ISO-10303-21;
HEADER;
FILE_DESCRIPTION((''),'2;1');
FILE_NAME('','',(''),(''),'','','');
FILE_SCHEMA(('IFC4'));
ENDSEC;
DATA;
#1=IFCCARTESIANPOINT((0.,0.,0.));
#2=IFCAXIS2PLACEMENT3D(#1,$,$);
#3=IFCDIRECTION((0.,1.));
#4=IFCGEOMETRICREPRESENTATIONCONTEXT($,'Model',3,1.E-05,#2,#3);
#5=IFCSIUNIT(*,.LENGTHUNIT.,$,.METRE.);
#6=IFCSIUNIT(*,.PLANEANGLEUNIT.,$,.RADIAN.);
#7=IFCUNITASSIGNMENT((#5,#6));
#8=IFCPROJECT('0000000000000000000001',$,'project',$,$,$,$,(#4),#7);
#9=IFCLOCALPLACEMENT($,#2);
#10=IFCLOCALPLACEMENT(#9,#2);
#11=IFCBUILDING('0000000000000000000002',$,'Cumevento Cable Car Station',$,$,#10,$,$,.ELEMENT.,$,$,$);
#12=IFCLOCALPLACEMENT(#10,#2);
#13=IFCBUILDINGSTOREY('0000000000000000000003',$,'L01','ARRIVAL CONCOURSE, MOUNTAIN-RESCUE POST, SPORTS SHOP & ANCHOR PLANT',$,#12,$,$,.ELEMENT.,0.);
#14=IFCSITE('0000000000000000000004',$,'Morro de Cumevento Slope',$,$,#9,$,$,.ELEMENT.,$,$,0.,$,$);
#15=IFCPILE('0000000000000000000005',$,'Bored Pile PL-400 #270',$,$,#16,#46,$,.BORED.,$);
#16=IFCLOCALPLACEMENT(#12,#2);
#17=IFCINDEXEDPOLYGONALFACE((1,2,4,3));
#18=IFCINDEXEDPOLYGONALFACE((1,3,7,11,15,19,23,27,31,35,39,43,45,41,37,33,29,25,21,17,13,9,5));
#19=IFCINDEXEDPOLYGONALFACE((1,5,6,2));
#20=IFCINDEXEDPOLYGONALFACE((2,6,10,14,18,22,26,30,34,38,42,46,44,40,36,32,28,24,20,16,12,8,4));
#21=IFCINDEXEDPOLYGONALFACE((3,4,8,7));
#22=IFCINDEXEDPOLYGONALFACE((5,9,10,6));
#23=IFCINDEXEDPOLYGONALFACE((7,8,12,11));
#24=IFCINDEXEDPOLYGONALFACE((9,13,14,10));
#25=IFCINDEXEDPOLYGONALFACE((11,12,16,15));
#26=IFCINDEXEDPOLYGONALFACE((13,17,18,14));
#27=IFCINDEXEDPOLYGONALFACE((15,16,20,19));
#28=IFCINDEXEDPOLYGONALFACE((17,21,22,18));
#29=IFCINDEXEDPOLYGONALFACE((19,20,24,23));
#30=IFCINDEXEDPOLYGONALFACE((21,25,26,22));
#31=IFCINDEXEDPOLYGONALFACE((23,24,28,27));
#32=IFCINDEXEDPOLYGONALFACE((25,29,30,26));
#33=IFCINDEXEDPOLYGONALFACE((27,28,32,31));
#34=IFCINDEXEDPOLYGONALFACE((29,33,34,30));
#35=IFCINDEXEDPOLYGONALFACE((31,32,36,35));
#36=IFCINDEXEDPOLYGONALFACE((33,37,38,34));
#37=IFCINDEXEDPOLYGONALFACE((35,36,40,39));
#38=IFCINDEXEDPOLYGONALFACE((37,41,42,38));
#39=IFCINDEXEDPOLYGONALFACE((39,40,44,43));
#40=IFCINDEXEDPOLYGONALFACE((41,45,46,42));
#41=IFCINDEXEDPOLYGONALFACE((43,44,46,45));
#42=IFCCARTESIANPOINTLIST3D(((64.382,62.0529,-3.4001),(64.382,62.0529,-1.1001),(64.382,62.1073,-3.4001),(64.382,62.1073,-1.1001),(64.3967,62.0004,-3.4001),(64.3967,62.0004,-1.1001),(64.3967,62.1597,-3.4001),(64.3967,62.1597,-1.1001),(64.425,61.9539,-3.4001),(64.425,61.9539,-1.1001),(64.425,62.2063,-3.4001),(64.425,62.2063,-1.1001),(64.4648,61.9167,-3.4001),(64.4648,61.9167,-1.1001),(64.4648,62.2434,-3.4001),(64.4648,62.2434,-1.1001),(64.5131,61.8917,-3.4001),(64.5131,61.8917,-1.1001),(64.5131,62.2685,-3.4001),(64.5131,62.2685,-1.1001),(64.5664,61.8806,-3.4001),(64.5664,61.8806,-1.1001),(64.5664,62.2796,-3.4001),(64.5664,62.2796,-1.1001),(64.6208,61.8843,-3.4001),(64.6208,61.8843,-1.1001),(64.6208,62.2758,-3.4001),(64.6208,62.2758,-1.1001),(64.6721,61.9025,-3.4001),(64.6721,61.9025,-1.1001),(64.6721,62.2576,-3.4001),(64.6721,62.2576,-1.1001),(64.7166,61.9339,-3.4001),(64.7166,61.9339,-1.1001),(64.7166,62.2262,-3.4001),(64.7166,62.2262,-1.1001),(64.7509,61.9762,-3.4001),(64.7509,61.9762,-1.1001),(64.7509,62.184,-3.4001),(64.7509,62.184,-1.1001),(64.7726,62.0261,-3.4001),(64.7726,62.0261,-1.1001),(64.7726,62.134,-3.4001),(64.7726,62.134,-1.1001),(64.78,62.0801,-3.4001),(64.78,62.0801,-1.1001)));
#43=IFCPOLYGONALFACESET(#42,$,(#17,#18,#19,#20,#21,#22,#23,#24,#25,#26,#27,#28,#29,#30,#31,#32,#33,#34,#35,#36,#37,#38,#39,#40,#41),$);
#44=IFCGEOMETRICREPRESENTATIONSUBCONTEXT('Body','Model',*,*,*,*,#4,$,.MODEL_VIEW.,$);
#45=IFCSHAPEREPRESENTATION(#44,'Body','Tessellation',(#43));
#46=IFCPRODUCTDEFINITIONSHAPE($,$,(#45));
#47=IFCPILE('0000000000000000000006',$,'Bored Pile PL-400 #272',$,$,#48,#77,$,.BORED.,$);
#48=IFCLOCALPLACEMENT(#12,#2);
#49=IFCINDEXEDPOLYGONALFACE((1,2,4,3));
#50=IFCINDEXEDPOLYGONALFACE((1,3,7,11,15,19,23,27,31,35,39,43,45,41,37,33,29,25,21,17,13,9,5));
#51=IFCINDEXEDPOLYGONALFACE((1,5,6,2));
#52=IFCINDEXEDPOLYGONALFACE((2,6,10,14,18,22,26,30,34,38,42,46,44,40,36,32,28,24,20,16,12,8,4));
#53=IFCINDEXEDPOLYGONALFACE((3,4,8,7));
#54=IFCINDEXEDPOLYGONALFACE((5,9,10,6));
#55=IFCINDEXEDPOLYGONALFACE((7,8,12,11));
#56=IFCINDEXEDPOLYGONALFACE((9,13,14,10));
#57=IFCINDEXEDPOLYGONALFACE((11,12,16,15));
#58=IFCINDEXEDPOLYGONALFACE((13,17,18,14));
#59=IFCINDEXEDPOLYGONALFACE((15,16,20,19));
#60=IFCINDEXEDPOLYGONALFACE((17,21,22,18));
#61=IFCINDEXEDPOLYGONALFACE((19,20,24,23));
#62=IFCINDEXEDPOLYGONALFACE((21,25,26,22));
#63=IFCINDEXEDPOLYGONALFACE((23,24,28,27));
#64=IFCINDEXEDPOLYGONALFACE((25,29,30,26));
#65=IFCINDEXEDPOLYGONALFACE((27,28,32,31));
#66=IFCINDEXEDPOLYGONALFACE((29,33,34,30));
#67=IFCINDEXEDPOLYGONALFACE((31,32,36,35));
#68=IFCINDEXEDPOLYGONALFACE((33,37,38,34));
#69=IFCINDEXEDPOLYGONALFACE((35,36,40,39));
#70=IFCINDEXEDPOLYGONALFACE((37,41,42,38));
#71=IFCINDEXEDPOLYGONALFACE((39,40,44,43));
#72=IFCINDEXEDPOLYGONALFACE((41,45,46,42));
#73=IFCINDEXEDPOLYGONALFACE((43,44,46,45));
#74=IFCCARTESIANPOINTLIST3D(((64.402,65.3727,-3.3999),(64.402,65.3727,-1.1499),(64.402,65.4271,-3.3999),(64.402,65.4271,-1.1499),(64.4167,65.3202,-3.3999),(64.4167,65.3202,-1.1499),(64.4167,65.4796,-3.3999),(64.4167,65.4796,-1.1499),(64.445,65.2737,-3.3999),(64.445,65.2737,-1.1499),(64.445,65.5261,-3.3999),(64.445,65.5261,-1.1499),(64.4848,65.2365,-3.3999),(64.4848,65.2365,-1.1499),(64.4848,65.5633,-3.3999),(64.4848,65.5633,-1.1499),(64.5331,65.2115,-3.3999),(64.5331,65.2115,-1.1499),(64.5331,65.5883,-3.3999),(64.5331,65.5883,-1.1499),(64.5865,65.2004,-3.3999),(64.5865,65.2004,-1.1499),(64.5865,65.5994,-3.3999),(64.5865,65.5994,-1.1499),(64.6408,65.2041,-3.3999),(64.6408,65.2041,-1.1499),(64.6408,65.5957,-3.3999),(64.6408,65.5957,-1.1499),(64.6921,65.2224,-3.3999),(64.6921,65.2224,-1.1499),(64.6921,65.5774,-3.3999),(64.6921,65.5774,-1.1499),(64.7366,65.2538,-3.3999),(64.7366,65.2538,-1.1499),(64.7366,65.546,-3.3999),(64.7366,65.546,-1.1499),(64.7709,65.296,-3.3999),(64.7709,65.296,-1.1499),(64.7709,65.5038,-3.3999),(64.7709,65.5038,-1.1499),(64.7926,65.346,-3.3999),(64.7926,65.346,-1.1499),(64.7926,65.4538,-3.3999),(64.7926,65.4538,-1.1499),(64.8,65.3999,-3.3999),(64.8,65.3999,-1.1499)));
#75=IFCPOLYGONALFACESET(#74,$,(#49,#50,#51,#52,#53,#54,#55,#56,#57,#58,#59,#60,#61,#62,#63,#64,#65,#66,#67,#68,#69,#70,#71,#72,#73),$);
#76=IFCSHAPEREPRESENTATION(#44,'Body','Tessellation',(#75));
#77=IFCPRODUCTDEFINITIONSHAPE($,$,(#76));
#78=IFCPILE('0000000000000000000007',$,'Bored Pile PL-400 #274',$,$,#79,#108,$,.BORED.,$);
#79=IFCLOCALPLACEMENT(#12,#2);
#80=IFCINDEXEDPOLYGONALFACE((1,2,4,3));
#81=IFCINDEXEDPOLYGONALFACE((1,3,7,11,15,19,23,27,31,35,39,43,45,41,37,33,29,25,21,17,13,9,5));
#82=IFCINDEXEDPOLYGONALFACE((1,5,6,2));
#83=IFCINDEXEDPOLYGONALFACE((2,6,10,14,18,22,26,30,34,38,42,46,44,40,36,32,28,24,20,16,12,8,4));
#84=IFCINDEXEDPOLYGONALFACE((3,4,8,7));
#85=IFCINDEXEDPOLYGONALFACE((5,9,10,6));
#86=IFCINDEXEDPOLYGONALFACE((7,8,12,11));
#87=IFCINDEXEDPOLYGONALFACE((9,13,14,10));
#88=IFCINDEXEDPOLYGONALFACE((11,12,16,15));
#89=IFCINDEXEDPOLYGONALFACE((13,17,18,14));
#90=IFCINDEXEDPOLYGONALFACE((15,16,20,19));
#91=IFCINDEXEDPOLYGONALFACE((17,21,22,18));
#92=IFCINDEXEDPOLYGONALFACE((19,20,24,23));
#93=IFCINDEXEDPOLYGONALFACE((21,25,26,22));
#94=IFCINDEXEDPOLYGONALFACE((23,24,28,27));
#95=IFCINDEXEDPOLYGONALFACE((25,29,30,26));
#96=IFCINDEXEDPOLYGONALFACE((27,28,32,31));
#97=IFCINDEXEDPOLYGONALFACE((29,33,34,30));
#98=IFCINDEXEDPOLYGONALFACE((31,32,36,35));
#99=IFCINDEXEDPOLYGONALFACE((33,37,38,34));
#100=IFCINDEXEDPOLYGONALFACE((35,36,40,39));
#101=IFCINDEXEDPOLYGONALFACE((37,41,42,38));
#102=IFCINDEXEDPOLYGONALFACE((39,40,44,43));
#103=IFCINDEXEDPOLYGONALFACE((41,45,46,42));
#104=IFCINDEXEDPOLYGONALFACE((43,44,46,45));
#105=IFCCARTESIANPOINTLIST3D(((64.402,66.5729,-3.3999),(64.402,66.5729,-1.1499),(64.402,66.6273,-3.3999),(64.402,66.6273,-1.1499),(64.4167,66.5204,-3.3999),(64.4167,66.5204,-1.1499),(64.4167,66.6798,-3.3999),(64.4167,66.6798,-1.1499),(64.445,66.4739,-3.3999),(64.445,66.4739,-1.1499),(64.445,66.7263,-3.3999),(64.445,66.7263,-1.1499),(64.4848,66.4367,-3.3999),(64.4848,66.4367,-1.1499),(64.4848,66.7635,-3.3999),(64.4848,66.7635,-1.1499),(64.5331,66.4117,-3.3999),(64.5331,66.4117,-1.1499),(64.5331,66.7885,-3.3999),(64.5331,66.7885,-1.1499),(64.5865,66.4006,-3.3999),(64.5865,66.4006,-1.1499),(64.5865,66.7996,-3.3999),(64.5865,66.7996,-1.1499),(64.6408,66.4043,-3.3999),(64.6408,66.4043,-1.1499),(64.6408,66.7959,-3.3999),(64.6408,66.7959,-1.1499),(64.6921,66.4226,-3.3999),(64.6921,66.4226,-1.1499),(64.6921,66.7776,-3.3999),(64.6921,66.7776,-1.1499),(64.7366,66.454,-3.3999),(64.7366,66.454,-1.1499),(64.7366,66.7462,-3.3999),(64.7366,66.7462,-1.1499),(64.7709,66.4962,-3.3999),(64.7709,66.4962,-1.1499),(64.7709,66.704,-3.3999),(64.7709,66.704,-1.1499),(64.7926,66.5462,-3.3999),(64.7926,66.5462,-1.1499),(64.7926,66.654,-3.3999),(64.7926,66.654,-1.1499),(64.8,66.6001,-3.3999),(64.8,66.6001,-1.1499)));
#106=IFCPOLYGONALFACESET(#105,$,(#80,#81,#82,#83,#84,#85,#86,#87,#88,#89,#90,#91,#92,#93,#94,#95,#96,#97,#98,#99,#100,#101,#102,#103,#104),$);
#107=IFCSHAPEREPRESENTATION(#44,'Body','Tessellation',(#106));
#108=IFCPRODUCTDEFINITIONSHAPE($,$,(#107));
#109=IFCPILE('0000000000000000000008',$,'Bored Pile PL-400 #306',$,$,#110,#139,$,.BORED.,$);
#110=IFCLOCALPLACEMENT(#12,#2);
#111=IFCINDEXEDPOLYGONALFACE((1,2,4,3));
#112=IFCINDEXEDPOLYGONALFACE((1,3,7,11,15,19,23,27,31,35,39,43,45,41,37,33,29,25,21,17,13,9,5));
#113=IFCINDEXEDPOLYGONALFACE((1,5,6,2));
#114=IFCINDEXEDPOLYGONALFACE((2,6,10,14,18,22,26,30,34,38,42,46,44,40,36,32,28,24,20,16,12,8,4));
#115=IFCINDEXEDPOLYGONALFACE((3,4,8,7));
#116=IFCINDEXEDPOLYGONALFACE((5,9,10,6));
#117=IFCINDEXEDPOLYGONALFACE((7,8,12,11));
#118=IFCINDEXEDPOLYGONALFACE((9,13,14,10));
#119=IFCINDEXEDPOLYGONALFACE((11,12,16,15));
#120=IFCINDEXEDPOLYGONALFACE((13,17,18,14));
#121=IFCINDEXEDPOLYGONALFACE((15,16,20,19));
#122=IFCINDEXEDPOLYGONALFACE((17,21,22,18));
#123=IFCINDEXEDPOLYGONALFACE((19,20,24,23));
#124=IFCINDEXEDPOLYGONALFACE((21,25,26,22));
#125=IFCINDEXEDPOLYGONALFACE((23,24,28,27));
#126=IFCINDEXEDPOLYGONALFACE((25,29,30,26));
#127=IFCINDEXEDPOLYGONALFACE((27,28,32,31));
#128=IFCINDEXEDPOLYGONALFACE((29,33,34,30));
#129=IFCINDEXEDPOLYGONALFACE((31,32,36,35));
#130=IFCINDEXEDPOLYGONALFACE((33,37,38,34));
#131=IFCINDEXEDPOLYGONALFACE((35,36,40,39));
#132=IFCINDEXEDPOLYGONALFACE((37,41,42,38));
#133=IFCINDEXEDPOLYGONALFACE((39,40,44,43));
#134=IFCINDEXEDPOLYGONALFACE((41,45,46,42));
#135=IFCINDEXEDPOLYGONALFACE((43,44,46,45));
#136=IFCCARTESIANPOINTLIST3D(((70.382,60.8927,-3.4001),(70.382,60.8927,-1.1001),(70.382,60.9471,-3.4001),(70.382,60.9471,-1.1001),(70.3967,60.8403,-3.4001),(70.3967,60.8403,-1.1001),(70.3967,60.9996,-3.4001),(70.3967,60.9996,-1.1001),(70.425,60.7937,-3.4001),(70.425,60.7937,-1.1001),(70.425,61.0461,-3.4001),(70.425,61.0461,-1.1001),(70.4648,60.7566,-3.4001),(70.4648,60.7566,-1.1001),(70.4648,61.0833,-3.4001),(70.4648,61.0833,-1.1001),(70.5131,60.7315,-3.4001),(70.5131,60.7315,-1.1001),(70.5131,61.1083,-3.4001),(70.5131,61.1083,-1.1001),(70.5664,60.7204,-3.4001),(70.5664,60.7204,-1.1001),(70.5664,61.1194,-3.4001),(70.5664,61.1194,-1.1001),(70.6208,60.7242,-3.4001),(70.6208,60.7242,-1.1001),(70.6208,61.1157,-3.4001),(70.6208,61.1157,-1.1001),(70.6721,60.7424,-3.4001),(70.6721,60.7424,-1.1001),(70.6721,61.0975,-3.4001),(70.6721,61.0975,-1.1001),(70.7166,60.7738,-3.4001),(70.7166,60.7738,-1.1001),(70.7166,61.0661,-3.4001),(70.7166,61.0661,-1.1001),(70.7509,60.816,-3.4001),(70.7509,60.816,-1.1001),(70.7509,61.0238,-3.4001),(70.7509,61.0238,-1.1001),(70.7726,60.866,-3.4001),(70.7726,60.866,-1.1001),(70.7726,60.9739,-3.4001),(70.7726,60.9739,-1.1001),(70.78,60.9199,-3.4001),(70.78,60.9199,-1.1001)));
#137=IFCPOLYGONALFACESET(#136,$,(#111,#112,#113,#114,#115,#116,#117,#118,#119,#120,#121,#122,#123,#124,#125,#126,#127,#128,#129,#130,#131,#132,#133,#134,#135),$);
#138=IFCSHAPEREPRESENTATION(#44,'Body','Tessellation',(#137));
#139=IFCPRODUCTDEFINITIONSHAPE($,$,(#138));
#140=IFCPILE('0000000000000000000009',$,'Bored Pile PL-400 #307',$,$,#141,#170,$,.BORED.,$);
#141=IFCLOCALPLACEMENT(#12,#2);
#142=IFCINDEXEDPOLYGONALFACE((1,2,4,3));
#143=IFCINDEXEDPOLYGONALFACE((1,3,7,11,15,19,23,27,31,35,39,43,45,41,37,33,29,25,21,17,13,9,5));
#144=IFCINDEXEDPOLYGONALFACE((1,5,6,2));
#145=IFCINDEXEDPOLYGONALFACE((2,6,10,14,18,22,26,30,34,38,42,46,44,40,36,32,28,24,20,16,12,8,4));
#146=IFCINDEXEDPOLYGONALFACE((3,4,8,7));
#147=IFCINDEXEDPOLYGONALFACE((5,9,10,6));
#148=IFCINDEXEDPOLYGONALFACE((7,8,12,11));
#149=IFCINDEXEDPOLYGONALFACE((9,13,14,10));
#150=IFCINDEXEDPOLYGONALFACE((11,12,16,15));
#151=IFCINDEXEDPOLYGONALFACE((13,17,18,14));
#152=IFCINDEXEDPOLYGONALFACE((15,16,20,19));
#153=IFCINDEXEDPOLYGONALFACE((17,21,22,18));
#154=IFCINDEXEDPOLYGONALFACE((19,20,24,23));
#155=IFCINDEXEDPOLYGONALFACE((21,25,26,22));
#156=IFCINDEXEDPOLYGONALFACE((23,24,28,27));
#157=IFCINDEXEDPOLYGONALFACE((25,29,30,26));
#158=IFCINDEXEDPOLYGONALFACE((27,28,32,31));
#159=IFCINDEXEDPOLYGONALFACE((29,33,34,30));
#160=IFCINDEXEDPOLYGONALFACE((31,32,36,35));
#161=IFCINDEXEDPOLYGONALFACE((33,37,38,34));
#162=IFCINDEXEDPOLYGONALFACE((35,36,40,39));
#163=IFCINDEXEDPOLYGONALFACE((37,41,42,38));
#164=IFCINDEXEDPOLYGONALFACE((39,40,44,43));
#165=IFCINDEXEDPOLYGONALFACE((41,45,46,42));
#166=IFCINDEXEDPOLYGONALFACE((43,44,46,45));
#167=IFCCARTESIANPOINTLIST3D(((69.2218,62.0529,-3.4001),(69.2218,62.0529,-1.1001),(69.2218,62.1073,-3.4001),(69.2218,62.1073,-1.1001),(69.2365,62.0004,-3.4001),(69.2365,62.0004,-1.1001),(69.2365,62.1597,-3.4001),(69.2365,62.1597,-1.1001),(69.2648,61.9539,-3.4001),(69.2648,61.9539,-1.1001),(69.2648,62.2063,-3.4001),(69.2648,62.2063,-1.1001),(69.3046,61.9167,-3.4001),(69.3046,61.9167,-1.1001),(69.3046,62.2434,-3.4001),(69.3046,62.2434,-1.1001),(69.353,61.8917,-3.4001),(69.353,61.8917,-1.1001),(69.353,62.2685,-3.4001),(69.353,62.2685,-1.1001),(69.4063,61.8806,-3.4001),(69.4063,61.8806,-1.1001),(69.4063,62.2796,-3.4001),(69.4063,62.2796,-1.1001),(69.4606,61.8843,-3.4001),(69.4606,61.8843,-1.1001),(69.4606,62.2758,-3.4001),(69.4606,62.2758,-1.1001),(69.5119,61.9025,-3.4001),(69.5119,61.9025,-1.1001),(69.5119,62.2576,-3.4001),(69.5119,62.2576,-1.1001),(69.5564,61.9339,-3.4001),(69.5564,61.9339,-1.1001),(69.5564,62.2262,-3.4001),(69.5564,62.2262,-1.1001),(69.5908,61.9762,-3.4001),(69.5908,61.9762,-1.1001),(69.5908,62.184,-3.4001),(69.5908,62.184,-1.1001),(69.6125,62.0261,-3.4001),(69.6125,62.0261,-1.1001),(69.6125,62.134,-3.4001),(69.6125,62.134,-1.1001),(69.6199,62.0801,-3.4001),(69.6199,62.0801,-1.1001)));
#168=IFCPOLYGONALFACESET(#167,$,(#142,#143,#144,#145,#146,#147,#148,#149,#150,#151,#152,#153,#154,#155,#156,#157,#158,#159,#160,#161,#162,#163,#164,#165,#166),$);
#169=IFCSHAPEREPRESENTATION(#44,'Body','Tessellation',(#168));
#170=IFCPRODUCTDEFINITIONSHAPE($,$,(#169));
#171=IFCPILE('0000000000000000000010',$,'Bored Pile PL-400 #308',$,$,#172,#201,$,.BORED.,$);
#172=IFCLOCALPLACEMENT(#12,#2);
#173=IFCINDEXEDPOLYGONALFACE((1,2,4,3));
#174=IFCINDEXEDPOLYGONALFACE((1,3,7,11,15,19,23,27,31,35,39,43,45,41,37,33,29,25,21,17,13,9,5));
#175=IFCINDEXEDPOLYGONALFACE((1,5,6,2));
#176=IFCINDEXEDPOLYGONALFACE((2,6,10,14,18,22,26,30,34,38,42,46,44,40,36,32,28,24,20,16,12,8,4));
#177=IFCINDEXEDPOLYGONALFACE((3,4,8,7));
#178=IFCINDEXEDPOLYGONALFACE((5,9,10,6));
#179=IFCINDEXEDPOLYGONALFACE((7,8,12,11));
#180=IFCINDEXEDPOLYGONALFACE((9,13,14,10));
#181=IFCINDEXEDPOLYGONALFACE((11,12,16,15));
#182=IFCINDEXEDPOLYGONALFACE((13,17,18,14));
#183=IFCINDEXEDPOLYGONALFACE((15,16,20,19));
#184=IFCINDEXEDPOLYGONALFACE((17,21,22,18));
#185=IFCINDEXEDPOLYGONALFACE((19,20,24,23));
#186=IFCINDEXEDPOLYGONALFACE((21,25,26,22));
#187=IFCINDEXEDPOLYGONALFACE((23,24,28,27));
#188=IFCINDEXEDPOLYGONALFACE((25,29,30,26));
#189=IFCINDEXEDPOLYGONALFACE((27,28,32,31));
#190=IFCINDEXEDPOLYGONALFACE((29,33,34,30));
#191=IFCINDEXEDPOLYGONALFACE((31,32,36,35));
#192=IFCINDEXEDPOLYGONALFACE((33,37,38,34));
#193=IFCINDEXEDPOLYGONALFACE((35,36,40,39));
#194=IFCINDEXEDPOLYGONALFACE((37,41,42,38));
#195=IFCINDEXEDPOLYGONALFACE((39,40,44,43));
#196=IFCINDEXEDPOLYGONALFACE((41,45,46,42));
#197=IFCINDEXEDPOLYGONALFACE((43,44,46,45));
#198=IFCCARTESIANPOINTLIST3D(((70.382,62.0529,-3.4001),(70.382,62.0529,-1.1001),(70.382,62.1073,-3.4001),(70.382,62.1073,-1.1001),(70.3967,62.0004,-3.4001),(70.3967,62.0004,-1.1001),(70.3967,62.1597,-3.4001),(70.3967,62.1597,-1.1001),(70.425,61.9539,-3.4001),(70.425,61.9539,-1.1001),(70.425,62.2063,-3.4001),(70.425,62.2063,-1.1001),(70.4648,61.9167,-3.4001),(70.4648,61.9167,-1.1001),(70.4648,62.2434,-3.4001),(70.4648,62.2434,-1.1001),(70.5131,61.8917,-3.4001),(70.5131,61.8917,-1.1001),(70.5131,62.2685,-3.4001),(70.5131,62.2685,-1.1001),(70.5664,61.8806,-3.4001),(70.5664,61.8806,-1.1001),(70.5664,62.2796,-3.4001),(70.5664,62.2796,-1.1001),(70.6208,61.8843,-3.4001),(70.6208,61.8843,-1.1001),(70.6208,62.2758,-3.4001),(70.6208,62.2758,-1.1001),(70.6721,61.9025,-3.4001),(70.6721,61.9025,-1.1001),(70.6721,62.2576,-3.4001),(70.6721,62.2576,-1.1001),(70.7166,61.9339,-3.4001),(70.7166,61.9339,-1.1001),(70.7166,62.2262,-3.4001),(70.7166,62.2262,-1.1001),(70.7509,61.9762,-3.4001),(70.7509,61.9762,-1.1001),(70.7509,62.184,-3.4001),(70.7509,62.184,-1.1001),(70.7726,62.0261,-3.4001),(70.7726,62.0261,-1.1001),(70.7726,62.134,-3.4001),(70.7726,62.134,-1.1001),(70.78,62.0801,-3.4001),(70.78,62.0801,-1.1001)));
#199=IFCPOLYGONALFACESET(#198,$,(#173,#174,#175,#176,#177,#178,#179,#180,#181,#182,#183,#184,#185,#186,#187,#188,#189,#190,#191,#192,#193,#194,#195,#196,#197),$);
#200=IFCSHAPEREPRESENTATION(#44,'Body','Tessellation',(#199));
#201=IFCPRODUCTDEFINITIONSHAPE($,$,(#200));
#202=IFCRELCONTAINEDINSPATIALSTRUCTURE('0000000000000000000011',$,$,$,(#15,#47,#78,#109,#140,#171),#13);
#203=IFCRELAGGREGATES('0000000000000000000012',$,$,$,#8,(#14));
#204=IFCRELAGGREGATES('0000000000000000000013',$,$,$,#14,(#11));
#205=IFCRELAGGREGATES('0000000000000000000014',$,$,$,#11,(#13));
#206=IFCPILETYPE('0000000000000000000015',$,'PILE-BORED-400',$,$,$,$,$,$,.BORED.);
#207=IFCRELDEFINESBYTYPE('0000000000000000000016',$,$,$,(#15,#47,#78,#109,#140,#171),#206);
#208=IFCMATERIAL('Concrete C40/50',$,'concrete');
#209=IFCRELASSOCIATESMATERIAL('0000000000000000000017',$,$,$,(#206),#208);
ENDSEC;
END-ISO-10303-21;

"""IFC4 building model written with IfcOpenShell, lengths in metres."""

from ifc_helpers import new_model, si_unit, direction, frame, origin, origin_2d, place, context, subcontext, project, spatial, circle, extrude, material, material_profile, profile_set, type_object, element, save


model = new_model("IFC4")

# Units and contexts
model_context = context("Model", 3, precision=1e-05, world=origin(), true_north=direction((0.0, 1.0)))
body_context = subcontext(model_context, "Body", "Model", "MODEL_VIEW")
ifc_project = project(units=[si_unit("LENGTHUNIT", "METRE"), si_unit("PLANEANGLEUNIT", "RADIAN")], contexts=[model_context])

# Site, building, storey
site_placement = place(None, origin())
site = spatial("IfcSite", under=ifc_project, at=site_placement, Name="Morro de Cumevento Slope", CompositionType="ELEMENT", RefElevation=0.0)
building_placement = place(site_placement, origin())
building = spatial("IfcBuilding", under=site, at=building_placement, Name="Cumevento Cable Car Station", CompositionType="ELEMENT")
storey_placement = place(building_placement, origin())
storey = spatial("IfcBuildingStorey", under=building, at=storey_placement, Name="L01", Description="ARRIVAL CONCOURSE, MOUNTAIN-RESCUE POST, SPORTS SHOP & ANCHOR PLANT", CompositionType="ELEMENT", Elevation=0.0)

# Piles
ifc_material_1 = material(Name="Concrete C40/50", Category="concrete")
ifc_material_profile_1 = material_profile(ifc_material_1, circle(Radius=0.2, at=origin_2d()), Name="PILE-D400")
ifc_profile_set_1 = profile_set([ifc_material_profile_1], Name="Concrete C40/50")
pile_type = type_object("IfcPileType", Name="PILE-BORED-400", PredefinedType="BORED", material=ifc_profile_set_1)
pile_placement = place(storey_placement, frame((64.5801, 62.0801, -1.1001), z_axis=(0.0, 0.0, -1.0), x_axis=(1.0, 0.0, 0.0)))
element("IfcPile", 1, at=pile_placement, inside=storey, type_object=pile_type, Name="Bored Pile PL-400 #270", PredefinedType="BORED", context=body_context, shape_type="SweptSolid", body=[
    extrude(circle(Radius=0.2, at=origin_2d()), origin(), (0.0, 0.0, 1.0), 2.3),
])
for number, where, z_axis, x_axis, name in (
    (2, (64.6001, 65.3999, -1.1499), (0.0, 0.0, -1.0), (1.0, 0.0, 0.0), "Bored Pile PL-400 #272"),
    (3, (64.6001, 66.6001, -1.1499), (0.0, 0.0, -1.0), (1.0, 0.0, 0.0), "Bored Pile PL-400 #274"),
):
    element("IfcPile", number, at=place(storey_placement, frame(where, z_axis=z_axis, x_axis=x_axis)), inside=storey, type_object=pile_type, Name=name, PredefinedType="BORED", context=body_context, shape_type="SweptSolid", body=[
        extrude(circle(Radius=0.2, at=origin_2d()), origin(), (0.0, 0.0, 1.0), 2.25),
    ])
for number, where, z_axis, x_axis, name in (
    (4, (70.5801, 60.9199, -1.1001), (0.0, 0.0, -1.0), (1.0, 0.0, 0.0), "Bored Pile PL-400 #306"),
    (5, (69.4199, 62.0801, -1.1001), (0.0, 0.0, -1.0), (1.0, 0.0, 0.0), "Bored Pile PL-400 #307"),
    (6, (70.5801, 62.0801, -1.1001), (0.0, 0.0, -1.0), (1.0, 0.0, 0.0), "Bored Pile PL-400 #308"),
):
    element("IfcPile", number, at=place(storey_placement, frame(where, z_axis=z_axis, x_axis=x_axis)), inside=storey, type_object=pile_type, Name=name, PredefinedType="BORED", context=body_context, shape_type="SweptSolid", body=[
        extrude(circle(Radius=0.2, at=origin_2d()), origin(), (0.0, 0.0, 1.0), 2.3),
    ])

save(model, "model.ifc")
